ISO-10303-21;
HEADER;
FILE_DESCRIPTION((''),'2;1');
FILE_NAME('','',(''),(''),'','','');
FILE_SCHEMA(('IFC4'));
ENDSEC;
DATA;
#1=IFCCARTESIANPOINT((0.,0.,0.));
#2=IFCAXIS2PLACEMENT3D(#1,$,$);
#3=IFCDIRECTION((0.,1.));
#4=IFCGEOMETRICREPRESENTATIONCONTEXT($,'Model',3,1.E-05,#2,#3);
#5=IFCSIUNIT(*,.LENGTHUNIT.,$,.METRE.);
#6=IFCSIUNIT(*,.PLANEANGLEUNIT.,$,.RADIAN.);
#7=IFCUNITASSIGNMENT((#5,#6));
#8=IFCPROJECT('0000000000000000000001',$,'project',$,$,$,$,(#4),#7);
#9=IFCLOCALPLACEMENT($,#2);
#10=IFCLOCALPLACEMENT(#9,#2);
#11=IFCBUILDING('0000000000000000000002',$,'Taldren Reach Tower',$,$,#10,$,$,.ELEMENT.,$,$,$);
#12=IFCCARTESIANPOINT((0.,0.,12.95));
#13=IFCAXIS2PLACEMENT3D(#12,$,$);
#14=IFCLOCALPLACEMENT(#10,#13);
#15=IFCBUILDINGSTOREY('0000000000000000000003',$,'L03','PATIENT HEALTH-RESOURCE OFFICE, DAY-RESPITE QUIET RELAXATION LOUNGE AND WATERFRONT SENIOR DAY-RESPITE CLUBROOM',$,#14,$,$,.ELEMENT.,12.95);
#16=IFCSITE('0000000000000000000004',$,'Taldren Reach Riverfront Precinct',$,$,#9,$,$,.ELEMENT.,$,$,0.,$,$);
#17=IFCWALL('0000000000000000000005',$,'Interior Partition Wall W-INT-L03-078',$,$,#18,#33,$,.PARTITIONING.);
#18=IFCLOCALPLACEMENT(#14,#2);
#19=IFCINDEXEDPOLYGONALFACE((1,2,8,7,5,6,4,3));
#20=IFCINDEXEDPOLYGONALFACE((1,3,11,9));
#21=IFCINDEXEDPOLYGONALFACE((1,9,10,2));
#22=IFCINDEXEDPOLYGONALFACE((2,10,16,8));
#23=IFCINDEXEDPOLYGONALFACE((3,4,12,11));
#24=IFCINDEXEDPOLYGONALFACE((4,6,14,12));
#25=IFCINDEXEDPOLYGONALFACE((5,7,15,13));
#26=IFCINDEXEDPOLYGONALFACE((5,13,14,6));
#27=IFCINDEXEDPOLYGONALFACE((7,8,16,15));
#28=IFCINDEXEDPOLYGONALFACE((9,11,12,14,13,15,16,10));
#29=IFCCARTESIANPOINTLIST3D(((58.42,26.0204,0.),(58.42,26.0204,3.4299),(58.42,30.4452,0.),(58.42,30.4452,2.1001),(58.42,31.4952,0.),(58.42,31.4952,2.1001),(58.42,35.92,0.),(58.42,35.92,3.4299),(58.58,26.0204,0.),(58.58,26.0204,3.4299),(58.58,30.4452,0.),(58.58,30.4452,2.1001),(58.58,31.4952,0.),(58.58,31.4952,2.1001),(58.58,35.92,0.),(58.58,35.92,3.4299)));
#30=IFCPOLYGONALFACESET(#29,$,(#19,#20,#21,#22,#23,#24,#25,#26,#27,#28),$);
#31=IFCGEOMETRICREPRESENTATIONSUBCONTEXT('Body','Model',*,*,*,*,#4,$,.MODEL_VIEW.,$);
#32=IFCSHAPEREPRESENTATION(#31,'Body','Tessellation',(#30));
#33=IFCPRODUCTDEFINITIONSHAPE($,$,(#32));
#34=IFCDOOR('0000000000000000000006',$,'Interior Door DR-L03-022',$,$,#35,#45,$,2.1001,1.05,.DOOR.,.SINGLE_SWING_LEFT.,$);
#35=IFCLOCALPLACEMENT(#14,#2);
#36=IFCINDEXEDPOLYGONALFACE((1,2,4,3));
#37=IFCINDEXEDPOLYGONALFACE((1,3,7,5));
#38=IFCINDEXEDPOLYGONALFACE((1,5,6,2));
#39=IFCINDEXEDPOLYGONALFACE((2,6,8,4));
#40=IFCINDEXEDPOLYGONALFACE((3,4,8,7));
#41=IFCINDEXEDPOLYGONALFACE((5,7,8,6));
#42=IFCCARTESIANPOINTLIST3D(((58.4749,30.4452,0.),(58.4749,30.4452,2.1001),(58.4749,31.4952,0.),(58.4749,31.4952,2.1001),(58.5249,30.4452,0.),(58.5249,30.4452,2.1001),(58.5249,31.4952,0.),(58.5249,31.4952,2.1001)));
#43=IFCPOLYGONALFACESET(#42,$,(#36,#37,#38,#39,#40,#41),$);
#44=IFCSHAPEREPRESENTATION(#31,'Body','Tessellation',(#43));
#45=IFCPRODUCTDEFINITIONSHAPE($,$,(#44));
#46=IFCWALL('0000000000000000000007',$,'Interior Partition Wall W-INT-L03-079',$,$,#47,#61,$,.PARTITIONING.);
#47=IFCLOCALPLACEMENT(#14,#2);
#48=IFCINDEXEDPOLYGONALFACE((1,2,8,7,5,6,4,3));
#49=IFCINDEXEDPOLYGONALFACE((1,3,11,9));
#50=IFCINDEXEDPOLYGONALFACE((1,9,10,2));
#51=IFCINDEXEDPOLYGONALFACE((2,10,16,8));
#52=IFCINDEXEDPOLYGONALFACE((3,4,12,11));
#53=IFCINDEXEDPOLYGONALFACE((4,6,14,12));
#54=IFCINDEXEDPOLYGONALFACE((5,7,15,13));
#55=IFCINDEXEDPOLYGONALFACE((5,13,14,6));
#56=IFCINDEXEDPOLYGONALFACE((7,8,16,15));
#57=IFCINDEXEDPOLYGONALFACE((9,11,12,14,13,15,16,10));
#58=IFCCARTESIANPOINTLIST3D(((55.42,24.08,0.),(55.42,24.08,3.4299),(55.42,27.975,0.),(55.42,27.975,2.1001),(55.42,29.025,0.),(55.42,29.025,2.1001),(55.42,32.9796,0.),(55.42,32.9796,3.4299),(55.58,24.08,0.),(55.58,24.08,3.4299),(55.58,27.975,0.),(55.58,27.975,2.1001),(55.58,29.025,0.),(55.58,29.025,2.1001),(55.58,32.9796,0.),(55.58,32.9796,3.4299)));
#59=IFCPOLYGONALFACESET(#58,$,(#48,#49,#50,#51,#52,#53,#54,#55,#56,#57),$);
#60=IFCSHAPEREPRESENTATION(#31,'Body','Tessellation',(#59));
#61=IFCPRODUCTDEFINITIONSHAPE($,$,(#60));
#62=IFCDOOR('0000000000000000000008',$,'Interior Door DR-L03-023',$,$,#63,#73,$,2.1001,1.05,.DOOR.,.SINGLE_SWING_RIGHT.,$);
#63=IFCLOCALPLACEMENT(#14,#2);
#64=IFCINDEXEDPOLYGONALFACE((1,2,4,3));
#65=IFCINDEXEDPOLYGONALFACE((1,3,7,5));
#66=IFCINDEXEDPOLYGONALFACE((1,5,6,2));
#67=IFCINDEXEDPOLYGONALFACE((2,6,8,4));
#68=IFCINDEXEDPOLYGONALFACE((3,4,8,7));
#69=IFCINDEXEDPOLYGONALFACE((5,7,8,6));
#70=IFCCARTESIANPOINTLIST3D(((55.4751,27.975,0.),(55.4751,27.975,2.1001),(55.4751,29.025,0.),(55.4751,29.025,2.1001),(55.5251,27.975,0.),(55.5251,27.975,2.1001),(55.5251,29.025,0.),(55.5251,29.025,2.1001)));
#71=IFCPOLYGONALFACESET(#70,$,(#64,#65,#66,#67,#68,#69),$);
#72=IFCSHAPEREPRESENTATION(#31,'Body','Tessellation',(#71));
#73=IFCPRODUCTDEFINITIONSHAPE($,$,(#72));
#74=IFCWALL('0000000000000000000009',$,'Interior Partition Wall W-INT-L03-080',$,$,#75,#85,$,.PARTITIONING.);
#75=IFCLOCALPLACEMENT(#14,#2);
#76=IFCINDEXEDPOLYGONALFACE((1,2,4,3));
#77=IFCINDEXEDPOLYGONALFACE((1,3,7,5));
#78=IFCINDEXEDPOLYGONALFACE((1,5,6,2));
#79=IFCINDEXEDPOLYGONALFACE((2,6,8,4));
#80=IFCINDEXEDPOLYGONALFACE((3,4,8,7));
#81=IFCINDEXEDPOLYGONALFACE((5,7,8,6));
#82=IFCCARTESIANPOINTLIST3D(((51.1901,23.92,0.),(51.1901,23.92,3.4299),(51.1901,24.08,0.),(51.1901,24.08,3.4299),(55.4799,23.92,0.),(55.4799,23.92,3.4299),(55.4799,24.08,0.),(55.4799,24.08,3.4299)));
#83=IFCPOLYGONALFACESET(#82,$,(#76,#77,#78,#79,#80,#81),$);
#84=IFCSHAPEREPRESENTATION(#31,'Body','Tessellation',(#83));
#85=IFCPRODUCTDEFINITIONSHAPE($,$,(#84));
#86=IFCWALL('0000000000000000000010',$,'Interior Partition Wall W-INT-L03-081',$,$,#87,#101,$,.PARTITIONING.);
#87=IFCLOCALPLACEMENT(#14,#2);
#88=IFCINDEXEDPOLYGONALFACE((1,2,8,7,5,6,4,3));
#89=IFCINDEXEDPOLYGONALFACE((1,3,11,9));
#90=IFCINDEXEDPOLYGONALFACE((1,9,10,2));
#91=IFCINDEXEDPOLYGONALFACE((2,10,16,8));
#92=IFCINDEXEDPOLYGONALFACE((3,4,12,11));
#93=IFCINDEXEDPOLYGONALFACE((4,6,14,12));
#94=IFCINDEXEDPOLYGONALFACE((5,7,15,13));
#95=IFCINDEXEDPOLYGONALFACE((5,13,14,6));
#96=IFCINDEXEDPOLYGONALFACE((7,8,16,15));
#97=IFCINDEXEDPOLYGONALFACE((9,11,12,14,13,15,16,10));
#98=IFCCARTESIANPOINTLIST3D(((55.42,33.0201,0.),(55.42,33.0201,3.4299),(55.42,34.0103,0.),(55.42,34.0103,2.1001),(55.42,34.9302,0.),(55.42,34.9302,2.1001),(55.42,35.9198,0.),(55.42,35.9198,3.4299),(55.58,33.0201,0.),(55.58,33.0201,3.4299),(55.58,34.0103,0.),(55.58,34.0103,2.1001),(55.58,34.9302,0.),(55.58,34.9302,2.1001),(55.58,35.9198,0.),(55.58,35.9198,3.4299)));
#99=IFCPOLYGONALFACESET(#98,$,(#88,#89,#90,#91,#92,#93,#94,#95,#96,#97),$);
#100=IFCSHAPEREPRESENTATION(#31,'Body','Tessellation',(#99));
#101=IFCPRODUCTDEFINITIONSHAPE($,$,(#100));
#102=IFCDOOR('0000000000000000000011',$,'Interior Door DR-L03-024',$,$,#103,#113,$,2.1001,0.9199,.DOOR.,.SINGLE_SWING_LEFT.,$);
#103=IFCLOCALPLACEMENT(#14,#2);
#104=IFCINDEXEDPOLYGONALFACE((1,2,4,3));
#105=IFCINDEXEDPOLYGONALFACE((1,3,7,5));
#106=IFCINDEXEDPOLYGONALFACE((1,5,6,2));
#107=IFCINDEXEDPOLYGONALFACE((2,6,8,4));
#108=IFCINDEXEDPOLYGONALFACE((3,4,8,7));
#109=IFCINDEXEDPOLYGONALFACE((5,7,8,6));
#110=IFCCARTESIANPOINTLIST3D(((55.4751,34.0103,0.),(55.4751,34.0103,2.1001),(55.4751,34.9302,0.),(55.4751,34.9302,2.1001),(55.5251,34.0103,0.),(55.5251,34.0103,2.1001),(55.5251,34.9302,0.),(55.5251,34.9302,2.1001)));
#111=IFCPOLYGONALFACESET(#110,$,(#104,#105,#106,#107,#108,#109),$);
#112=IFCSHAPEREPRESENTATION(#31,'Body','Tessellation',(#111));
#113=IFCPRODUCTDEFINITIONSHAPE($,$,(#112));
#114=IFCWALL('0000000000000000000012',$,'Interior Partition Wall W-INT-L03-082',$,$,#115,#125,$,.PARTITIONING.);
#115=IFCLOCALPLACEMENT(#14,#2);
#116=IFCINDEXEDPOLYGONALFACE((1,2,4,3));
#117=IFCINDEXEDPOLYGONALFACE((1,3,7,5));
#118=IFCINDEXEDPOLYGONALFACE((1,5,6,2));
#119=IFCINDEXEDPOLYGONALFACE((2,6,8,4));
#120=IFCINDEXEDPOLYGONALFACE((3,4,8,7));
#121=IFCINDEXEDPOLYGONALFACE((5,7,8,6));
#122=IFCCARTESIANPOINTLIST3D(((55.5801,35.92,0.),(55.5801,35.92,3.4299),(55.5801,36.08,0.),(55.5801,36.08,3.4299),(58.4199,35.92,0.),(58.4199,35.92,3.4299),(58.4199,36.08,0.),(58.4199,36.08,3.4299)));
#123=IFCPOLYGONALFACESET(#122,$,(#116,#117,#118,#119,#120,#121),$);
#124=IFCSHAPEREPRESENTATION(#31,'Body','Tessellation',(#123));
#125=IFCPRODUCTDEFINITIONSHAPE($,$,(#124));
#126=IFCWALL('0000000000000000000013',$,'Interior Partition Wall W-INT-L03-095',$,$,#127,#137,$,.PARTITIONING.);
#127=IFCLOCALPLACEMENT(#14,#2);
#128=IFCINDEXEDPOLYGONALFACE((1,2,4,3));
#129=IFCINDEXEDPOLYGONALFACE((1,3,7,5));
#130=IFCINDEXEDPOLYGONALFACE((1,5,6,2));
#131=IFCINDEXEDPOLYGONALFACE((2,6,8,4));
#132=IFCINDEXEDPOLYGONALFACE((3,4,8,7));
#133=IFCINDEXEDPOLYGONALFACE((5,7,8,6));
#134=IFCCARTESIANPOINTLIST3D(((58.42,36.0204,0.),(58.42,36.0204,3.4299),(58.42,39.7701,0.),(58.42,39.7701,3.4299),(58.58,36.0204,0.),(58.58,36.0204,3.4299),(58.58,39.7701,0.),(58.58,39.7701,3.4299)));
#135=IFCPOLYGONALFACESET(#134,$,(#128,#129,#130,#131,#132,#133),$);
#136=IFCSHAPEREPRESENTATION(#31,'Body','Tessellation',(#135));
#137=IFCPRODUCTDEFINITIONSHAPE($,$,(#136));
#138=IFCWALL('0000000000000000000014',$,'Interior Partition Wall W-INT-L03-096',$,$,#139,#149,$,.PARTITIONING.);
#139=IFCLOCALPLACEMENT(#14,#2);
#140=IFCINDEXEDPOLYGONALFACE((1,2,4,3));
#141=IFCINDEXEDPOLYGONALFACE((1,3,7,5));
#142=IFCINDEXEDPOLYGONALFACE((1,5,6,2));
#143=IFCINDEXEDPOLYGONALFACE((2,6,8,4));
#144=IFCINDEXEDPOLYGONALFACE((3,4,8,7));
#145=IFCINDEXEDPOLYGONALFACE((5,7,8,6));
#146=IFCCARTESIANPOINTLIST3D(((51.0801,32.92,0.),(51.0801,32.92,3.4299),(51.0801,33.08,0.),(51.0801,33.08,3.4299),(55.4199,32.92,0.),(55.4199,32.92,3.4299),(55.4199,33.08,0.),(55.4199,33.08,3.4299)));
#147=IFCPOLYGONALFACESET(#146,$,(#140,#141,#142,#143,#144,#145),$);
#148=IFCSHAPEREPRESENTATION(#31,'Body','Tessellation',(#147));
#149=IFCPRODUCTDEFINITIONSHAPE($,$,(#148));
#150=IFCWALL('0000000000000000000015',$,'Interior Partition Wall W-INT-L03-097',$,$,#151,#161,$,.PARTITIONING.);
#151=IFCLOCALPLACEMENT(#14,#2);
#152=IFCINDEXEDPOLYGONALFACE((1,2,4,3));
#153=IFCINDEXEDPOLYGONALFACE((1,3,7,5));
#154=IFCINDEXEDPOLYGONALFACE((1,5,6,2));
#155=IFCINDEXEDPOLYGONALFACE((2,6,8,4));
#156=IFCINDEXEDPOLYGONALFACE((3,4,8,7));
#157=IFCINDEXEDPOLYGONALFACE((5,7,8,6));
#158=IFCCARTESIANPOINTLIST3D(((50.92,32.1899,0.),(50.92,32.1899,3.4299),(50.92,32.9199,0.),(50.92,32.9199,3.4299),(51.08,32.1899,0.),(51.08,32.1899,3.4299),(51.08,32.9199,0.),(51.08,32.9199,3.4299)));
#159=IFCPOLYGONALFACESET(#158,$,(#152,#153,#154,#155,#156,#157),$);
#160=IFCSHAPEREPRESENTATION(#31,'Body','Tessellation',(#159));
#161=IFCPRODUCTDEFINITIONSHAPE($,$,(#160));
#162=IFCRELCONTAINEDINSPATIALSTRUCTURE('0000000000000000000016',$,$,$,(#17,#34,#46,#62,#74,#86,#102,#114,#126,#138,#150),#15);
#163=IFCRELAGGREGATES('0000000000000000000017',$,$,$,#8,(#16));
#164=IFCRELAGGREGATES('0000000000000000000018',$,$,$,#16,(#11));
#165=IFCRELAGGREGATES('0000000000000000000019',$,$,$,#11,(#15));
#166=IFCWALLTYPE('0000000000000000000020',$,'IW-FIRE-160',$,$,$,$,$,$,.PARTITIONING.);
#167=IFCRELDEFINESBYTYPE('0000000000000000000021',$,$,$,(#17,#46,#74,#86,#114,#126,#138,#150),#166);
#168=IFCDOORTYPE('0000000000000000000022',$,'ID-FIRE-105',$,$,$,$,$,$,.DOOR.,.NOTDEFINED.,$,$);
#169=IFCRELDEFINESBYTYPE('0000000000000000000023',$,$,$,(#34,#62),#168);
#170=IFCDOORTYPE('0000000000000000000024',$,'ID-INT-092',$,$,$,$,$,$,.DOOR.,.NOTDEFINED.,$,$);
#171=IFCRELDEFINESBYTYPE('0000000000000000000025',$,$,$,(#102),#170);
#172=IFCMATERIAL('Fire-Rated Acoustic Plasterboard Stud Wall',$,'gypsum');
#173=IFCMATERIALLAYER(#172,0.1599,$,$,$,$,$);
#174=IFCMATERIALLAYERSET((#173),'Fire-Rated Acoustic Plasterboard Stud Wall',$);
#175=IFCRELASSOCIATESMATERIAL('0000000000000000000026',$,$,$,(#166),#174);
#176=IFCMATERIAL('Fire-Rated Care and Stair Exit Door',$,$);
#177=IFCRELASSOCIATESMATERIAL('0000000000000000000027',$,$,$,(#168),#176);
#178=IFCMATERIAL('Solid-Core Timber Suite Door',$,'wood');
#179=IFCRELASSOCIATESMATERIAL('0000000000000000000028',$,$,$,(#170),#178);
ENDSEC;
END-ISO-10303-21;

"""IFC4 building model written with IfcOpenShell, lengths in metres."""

from ifc_helpers import new_model, si_unit, direction, frame, frame_2d, origin, place, context, subcontext, project, spatial, rectangle, extrude, source, transform, mapped, material, layer, layer_set, type_object, element, fill, save


model = new_model("IFC4")

# Units and contexts
model_context = context("Model", 3, precision=1e-05, world=origin(), true_north=direction((0.0, 1.0)))
body_context = subcontext(model_context, "Body", "Model", "MODEL_VIEW")
ifc_project = project(units=[si_unit("LENGTHUNIT", "METRE"), si_unit("PLANEANGLEUNIT", "RADIAN")], contexts=[model_context])

# Site, building, storey
site_placement = place(None, origin())
site = spatial("IfcSite", under=ifc_project, at=site_placement, Name="Taldren Reach Riverfront Precinct", CompositionType="ELEMENT", RefElevation=0.0)
building_placement = place(site_placement, origin())
building = spatial("IfcBuilding", under=site, at=building_placement, Name="Taldren Reach Tower", CompositionType="ELEMENT")
storey_placement = place(building_placement, frame((0.0, 0.0, 12.95)))
storey = spatial("IfcBuildingStorey", under=building, at=storey_placement, Name="L03", Description="PATIENT HEALTH-RESOURCE OFFICE, DAY-RESPITE QUIET RELAXATION LOUNGE AND WATERFRONT SENIOR DAY-RESPITE CLUBROOM", CompositionType="ELEMENT", Elevation=12.95)

# Walls, openings, doors
ifc_material_1 = material(Name="Fire-Rated Acoustic Plasterboard Stud Wall", Category="gypsum")
ifc_layer = layer(ifc_material_1, 0.1599)
ifc_layer_set = layer_set([ifc_layer], Name="Fire-Rated Acoustic Plasterboard Stud Wall")
wall_type = type_object("IfcWallType", Name="IW-FIRE-160", PredefinedType="PARTITIONING", material=ifc_layer_set)
shared_shape_1 = source(origin(), body_context, "Body", "SweptSolid", [
    extrude(rectangle(XDim=9.8997, YDim=0.1599, at=frame_2d((4.9497, 0.0))), origin(), (0.0, 0.0, 1.0), 3.4299),
])
wall_1_placement = place(storey_placement, frame((58.5, 35.9199, 0.0), z_axis=(0.0, 0.0, 1.0), x_axis=(0.0, -1.0, 0.0)))
wall_1 = element("IfcWall", 1, at=wall_1_placement, inside=storey, type_object=wall_type, Name="Interior Partition Wall W-INT-L03-078", PredefinedType="PARTITIONING", context=body_context, shape_type="MappedRepresentation", body=[
    mapped(shared_shape_1, transform((0.0, 0.0, 0.0), scale=1.0)),
])
shared_shape_2 = source(origin(), body_context, "Body", "SweptSolid", [
    extrude(rectangle(XDim=1.05, YDim=2.1001, at=frame_2d((0.5249, 1.05))), frame((0.0, 0.0898, 0.0), z_axis=(0.0, -1.0, 0.0), x_axis=(1.0, 0.0, 0.0)), (0.0, 0.0, 1.0), 0.1799),
])
opening_1_placement = place(wall_1_placement, frame((4.4248, 0.0, 0.0)))
opening_1 = element("IfcOpeningElement", 2, at=opening_1_placement, cuts=wall_1, PredefinedType="OPENING", context=body_context, shape_type="MappedRepresentation", body=[
    mapped(shared_shape_2, transform((0.0, 0.0, 0.0), scale=1.0)),
])
ifc_material_2 = material(Name="Fire-Rated Care and Stair Exit Door")
door_type_1 = type_object("IfcDoorType", Name="ID-FIRE-105", OperationType="NOTDEFINED", PredefinedType="DOOR", material=ifc_material_2)
shared_shape_3 = source(origin(), body_context, "Body", "SweptSolid", [
    extrude(rectangle(XDim=1.05, YDim=2.1001, at=frame_2d((0.5249, 1.05))), frame((0.0, 0.0249, 0.0), z_axis=(0.0, -1.0, 0.0), x_axis=(1.0, 0.0, 0.0)), (0.0, 0.0, 1.0), 0.05),
])
door_1_placement = place(opening_1_placement, origin())
door_1 = element("IfcDoor", 3, at=door_1_placement, inside=storey, type_object=door_type_1, Name="Interior Door DR-L03-022", OperationType="SINGLE_SWING_LEFT", OverallHeight=2.1001, OverallWidth=1.05, PredefinedType="DOOR", context=body_context, shape_type="MappedRepresentation", body=[
    mapped(shared_shape_3, transform((0.0, 0.0, 0.0), scale=1.0)),
])
fill(opening_1, door_1)
shared_shape_4 = source(origin(), body_context, "Body", "SweptSolid", [
    extrude(rectangle(XDim=8.8997, YDim=0.1599, at=frame_2d((4.4497, 0.0))), origin(), (0.0, 0.0, 1.0), 3.4299),
])
wall_2_placement = place(storey_placement, frame((55.5, 24.0801, 0.0), z_axis=(0.0, 0.0, 1.0), x_axis=(0.0, 1.0, 0.0)))
wall_2 = element("IfcWall", 4, at=wall_2_placement, inside=storey, type_object=wall_type, Name="Interior Partition Wall W-INT-L03-079", PredefinedType="PARTITIONING", context=body_context, shape_type="MappedRepresentation", body=[
    mapped(shared_shape_4, transform((0.0, 0.0, 0.0), scale=1.0)),
])
opening_2_placement = place(wall_2_placement, frame((3.895, 0.0, 0.0)))
opening_2 = element("IfcOpeningElement", 5, at=opening_2_placement, cuts=wall_2, PredefinedType="OPENING", context=body_context, shape_type="MappedRepresentation", body=[
    mapped(shared_shape_2, transform((0.0, 0.0, 0.0), scale=1.0)),
])
door_2_placement = place(opening_2_placement, origin())
door_2 = element("IfcDoor", 6, at=door_2_placement, inside=storey, type_object=door_type_1, Name="Interior Door DR-L03-023", OperationType="SINGLE_SWING_RIGHT", OverallHeight=2.1001, OverallWidth=1.05, PredefinedType="DOOR", context=body_context, shape_type="MappedRepresentation", body=[
    mapped(shared_shape_3, transform((0.0, 0.0, 0.0), scale=1.0)),
])
fill(opening_2, door_2)

# Wall
shared_shape_5 = source(origin(), body_context, "Body", "SweptSolid", [
    extrude(rectangle(XDim=4.2898, YDim=0.1599, at=frame_2d((2.145, 0.0))), origin(), (0.0, 0.0, 1.0), 3.4299),
])
wall_3_placement = place(storey_placement, frame((51.1899, 24.0, 0.0), z_axis=(0.0, 0.0, 1.0), x_axis=(1.0, 0.0, 0.0)))
element("IfcWall", 7, at=wall_3_placement, inside=storey, type_object=wall_type, Name="Interior Partition Wall W-INT-L03-080", PredefinedType="PARTITIONING", context=body_context, shape_type="MappedRepresentation", body=[
    mapped(shared_shape_5, transform((0.0, 0.0, 0.0), scale=1.0)),
])

# Wall, opening, door
shared_shape_6 = source(origin(), body_context, "Body", "SweptSolid", [
    extrude(rectangle(XDim=2.8997, YDim=0.1599, at=frame_2d((1.4497, 0.0))), origin(), (0.0, 0.0, 1.0), 3.4299),
])
wall_4_placement = place(storey_placement, frame((55.5, 33.0203, 0.0), z_axis=(0.0, 0.0, 1.0), x_axis=(0.0, 1.0, 0.0)))
wall_4 = element("IfcWall", 8, at=wall_4_placement, inside=storey, type_object=wall_type, Name="Interior Partition Wall W-INT-L03-081", PredefinedType="PARTITIONING", context=body_context, shape_type="MappedRepresentation", body=[
    mapped(shared_shape_6, transform((0.0, 0.0, 0.0), scale=1.0)),
])
shared_shape_7 = source(origin(), body_context, "Body", "SweptSolid", [
    extrude(rectangle(XDim=0.9199, YDim=2.1001, at=frame_2d((0.46, 1.05))), frame((0.0, 0.0898, 0.0), z_axis=(0.0, -1.0, 0.0), x_axis=(1.0, 0.0, 0.0)), (0.0, 0.0, 1.0), 0.1799),
])
opening_3_placement = place(wall_4_placement, frame((0.99, 0.0, 0.0)))
opening_3 = element("IfcOpeningElement", 9, at=opening_3_placement, cuts=wall_4, PredefinedType="OPENING", context=body_context, shape_type="MappedRepresentation", body=[
    mapped(shared_shape_7, transform((0.0, 0.0, 0.0), scale=1.0)),
])
ifc_material_3 = material(Name="Solid-Core Timber Suite Door", Category="wood")
door_type_2 = type_object("IfcDoorType", Name="ID-INT-092", OperationType="NOTDEFINED", PredefinedType="DOOR", material=ifc_material_3)
shared_shape_8 = source(origin(), body_context, "Body", "SweptSolid", [
    extrude(rectangle(XDim=0.9199, YDim=2.1001, at=frame_2d((0.46, 1.05))), frame((0.0, 0.0249, 0.0), z_axis=(0.0, -1.0, 0.0), x_axis=(1.0, 0.0, 0.0)), (0.0, 0.0, 1.0), 0.05),
])
door_3_placement = place(opening_3_placement, origin())
door_3 = element("IfcDoor", 10, at=door_3_placement, inside=storey, type_object=door_type_2, Name="Interior Door DR-L03-024", OperationType="SINGLE_SWING_LEFT", OverallHeight=2.1001, OverallWidth=0.9199, PredefinedType="DOOR", context=body_context, shape_type="MappedRepresentation", body=[
    mapped(shared_shape_8, transform((0.0, 0.0, 0.0), scale=1.0)),
])
fill(opening_3, door_3)

# Walls
shared_shape_9 = source(origin(), body_context, "Body", "SweptSolid", [
    extrude(rectangle(XDim=2.8398, YDim=0.1599, at=frame_2d((1.4199, 0.0))), origin(), (0.0, 0.0, 1.0), 3.4299),
])
wall_5_placement = place(storey_placement, frame((55.5801, 36.0, 0.0), z_axis=(0.0, 0.0, 1.0), x_axis=(1.0, 0.0, 0.0)))
element("IfcWall", 11, at=wall_5_placement, inside=storey, type_object=wall_type, Name="Interior Partition Wall W-INT-L03-082", PredefinedType="PARTITIONING", context=body_context, shape_type="MappedRepresentation", body=[
    mapped(shared_shape_9, transform((0.0, 0.0, 0.0), scale=1.0)),
])
shared_shape_10 = source(origin(), body_context, "Body", "SweptSolid", [
    extrude(rectangle(XDim=3.7498, YDim=0.1599, at=frame_2d((1.875, 0.0))), origin(), (0.0, 0.0, 1.0), 3.4299),
])
wall_6_placement = place(storey_placement, frame((58.5, 36.0203, 0.0), z_axis=(0.0, 0.0, 1.0), x_axis=(0.0, 1.0, 0.0)))
element("IfcWall", 12, at=wall_6_placement, inside=storey, type_object=wall_type, Name="Interior Partition Wall W-INT-L03-095", PredefinedType="PARTITIONING", context=body_context, shape_type="MappedRepresentation", body=[
    mapped(shared_shape_10, transform((0.0, 0.0, 0.0), scale=1.0)),
])
shared_shape_11 = source(origin(), body_context, "Body", "SweptSolid", [
    extrude(rectangle(XDim=4.3398, YDim=0.1599, at=frame_2d((2.1699, 0.0))), origin(), (0.0, 0.0, 1.0), 3.4299),
])
wall_7_placement = place(storey_placement, frame((51.0801, 33.0, 0.0), z_axis=(0.0, 0.0, 1.0), x_axis=(1.0, 0.0, 0.0)))
element("IfcWall", 13, at=wall_7_placement, inside=storey, type_object=wall_type, Name="Interior Partition Wall W-INT-L03-096", PredefinedType="PARTITIONING", context=body_context, shape_type="MappedRepresentation", body=[
    mapped(shared_shape_11, transform((0.0, 0.0, 0.0), scale=1.0)),
])
shared_shape_12 = source(origin(), body_context, "Body", "SweptSolid", [
    extrude(rectangle(XDim=0.73, YDim=0.1599, at=frame_2d((0.365, 0.0))), origin(), (0.0, 0.0, 1.0), 3.4299),
])
wall_8_placement = place(storey_placement, frame((51.0, 32.1899, 0.0), z_axis=(0.0, 0.0, 1.0), x_axis=(0.0, 1.0, 0.0)))
element("IfcWall", 14, at=wall_8_placement, inside=storey, type_object=wall_type, Name="Interior Partition Wall W-INT-L03-097", PredefinedType="PARTITIONING", context=body_context, shape_type="MappedRepresentation", body=[
    mapped(shared_shape_12, transform((0.0, 0.0, 0.0), scale=1.0)),
])

save(model, "model.ifc")
